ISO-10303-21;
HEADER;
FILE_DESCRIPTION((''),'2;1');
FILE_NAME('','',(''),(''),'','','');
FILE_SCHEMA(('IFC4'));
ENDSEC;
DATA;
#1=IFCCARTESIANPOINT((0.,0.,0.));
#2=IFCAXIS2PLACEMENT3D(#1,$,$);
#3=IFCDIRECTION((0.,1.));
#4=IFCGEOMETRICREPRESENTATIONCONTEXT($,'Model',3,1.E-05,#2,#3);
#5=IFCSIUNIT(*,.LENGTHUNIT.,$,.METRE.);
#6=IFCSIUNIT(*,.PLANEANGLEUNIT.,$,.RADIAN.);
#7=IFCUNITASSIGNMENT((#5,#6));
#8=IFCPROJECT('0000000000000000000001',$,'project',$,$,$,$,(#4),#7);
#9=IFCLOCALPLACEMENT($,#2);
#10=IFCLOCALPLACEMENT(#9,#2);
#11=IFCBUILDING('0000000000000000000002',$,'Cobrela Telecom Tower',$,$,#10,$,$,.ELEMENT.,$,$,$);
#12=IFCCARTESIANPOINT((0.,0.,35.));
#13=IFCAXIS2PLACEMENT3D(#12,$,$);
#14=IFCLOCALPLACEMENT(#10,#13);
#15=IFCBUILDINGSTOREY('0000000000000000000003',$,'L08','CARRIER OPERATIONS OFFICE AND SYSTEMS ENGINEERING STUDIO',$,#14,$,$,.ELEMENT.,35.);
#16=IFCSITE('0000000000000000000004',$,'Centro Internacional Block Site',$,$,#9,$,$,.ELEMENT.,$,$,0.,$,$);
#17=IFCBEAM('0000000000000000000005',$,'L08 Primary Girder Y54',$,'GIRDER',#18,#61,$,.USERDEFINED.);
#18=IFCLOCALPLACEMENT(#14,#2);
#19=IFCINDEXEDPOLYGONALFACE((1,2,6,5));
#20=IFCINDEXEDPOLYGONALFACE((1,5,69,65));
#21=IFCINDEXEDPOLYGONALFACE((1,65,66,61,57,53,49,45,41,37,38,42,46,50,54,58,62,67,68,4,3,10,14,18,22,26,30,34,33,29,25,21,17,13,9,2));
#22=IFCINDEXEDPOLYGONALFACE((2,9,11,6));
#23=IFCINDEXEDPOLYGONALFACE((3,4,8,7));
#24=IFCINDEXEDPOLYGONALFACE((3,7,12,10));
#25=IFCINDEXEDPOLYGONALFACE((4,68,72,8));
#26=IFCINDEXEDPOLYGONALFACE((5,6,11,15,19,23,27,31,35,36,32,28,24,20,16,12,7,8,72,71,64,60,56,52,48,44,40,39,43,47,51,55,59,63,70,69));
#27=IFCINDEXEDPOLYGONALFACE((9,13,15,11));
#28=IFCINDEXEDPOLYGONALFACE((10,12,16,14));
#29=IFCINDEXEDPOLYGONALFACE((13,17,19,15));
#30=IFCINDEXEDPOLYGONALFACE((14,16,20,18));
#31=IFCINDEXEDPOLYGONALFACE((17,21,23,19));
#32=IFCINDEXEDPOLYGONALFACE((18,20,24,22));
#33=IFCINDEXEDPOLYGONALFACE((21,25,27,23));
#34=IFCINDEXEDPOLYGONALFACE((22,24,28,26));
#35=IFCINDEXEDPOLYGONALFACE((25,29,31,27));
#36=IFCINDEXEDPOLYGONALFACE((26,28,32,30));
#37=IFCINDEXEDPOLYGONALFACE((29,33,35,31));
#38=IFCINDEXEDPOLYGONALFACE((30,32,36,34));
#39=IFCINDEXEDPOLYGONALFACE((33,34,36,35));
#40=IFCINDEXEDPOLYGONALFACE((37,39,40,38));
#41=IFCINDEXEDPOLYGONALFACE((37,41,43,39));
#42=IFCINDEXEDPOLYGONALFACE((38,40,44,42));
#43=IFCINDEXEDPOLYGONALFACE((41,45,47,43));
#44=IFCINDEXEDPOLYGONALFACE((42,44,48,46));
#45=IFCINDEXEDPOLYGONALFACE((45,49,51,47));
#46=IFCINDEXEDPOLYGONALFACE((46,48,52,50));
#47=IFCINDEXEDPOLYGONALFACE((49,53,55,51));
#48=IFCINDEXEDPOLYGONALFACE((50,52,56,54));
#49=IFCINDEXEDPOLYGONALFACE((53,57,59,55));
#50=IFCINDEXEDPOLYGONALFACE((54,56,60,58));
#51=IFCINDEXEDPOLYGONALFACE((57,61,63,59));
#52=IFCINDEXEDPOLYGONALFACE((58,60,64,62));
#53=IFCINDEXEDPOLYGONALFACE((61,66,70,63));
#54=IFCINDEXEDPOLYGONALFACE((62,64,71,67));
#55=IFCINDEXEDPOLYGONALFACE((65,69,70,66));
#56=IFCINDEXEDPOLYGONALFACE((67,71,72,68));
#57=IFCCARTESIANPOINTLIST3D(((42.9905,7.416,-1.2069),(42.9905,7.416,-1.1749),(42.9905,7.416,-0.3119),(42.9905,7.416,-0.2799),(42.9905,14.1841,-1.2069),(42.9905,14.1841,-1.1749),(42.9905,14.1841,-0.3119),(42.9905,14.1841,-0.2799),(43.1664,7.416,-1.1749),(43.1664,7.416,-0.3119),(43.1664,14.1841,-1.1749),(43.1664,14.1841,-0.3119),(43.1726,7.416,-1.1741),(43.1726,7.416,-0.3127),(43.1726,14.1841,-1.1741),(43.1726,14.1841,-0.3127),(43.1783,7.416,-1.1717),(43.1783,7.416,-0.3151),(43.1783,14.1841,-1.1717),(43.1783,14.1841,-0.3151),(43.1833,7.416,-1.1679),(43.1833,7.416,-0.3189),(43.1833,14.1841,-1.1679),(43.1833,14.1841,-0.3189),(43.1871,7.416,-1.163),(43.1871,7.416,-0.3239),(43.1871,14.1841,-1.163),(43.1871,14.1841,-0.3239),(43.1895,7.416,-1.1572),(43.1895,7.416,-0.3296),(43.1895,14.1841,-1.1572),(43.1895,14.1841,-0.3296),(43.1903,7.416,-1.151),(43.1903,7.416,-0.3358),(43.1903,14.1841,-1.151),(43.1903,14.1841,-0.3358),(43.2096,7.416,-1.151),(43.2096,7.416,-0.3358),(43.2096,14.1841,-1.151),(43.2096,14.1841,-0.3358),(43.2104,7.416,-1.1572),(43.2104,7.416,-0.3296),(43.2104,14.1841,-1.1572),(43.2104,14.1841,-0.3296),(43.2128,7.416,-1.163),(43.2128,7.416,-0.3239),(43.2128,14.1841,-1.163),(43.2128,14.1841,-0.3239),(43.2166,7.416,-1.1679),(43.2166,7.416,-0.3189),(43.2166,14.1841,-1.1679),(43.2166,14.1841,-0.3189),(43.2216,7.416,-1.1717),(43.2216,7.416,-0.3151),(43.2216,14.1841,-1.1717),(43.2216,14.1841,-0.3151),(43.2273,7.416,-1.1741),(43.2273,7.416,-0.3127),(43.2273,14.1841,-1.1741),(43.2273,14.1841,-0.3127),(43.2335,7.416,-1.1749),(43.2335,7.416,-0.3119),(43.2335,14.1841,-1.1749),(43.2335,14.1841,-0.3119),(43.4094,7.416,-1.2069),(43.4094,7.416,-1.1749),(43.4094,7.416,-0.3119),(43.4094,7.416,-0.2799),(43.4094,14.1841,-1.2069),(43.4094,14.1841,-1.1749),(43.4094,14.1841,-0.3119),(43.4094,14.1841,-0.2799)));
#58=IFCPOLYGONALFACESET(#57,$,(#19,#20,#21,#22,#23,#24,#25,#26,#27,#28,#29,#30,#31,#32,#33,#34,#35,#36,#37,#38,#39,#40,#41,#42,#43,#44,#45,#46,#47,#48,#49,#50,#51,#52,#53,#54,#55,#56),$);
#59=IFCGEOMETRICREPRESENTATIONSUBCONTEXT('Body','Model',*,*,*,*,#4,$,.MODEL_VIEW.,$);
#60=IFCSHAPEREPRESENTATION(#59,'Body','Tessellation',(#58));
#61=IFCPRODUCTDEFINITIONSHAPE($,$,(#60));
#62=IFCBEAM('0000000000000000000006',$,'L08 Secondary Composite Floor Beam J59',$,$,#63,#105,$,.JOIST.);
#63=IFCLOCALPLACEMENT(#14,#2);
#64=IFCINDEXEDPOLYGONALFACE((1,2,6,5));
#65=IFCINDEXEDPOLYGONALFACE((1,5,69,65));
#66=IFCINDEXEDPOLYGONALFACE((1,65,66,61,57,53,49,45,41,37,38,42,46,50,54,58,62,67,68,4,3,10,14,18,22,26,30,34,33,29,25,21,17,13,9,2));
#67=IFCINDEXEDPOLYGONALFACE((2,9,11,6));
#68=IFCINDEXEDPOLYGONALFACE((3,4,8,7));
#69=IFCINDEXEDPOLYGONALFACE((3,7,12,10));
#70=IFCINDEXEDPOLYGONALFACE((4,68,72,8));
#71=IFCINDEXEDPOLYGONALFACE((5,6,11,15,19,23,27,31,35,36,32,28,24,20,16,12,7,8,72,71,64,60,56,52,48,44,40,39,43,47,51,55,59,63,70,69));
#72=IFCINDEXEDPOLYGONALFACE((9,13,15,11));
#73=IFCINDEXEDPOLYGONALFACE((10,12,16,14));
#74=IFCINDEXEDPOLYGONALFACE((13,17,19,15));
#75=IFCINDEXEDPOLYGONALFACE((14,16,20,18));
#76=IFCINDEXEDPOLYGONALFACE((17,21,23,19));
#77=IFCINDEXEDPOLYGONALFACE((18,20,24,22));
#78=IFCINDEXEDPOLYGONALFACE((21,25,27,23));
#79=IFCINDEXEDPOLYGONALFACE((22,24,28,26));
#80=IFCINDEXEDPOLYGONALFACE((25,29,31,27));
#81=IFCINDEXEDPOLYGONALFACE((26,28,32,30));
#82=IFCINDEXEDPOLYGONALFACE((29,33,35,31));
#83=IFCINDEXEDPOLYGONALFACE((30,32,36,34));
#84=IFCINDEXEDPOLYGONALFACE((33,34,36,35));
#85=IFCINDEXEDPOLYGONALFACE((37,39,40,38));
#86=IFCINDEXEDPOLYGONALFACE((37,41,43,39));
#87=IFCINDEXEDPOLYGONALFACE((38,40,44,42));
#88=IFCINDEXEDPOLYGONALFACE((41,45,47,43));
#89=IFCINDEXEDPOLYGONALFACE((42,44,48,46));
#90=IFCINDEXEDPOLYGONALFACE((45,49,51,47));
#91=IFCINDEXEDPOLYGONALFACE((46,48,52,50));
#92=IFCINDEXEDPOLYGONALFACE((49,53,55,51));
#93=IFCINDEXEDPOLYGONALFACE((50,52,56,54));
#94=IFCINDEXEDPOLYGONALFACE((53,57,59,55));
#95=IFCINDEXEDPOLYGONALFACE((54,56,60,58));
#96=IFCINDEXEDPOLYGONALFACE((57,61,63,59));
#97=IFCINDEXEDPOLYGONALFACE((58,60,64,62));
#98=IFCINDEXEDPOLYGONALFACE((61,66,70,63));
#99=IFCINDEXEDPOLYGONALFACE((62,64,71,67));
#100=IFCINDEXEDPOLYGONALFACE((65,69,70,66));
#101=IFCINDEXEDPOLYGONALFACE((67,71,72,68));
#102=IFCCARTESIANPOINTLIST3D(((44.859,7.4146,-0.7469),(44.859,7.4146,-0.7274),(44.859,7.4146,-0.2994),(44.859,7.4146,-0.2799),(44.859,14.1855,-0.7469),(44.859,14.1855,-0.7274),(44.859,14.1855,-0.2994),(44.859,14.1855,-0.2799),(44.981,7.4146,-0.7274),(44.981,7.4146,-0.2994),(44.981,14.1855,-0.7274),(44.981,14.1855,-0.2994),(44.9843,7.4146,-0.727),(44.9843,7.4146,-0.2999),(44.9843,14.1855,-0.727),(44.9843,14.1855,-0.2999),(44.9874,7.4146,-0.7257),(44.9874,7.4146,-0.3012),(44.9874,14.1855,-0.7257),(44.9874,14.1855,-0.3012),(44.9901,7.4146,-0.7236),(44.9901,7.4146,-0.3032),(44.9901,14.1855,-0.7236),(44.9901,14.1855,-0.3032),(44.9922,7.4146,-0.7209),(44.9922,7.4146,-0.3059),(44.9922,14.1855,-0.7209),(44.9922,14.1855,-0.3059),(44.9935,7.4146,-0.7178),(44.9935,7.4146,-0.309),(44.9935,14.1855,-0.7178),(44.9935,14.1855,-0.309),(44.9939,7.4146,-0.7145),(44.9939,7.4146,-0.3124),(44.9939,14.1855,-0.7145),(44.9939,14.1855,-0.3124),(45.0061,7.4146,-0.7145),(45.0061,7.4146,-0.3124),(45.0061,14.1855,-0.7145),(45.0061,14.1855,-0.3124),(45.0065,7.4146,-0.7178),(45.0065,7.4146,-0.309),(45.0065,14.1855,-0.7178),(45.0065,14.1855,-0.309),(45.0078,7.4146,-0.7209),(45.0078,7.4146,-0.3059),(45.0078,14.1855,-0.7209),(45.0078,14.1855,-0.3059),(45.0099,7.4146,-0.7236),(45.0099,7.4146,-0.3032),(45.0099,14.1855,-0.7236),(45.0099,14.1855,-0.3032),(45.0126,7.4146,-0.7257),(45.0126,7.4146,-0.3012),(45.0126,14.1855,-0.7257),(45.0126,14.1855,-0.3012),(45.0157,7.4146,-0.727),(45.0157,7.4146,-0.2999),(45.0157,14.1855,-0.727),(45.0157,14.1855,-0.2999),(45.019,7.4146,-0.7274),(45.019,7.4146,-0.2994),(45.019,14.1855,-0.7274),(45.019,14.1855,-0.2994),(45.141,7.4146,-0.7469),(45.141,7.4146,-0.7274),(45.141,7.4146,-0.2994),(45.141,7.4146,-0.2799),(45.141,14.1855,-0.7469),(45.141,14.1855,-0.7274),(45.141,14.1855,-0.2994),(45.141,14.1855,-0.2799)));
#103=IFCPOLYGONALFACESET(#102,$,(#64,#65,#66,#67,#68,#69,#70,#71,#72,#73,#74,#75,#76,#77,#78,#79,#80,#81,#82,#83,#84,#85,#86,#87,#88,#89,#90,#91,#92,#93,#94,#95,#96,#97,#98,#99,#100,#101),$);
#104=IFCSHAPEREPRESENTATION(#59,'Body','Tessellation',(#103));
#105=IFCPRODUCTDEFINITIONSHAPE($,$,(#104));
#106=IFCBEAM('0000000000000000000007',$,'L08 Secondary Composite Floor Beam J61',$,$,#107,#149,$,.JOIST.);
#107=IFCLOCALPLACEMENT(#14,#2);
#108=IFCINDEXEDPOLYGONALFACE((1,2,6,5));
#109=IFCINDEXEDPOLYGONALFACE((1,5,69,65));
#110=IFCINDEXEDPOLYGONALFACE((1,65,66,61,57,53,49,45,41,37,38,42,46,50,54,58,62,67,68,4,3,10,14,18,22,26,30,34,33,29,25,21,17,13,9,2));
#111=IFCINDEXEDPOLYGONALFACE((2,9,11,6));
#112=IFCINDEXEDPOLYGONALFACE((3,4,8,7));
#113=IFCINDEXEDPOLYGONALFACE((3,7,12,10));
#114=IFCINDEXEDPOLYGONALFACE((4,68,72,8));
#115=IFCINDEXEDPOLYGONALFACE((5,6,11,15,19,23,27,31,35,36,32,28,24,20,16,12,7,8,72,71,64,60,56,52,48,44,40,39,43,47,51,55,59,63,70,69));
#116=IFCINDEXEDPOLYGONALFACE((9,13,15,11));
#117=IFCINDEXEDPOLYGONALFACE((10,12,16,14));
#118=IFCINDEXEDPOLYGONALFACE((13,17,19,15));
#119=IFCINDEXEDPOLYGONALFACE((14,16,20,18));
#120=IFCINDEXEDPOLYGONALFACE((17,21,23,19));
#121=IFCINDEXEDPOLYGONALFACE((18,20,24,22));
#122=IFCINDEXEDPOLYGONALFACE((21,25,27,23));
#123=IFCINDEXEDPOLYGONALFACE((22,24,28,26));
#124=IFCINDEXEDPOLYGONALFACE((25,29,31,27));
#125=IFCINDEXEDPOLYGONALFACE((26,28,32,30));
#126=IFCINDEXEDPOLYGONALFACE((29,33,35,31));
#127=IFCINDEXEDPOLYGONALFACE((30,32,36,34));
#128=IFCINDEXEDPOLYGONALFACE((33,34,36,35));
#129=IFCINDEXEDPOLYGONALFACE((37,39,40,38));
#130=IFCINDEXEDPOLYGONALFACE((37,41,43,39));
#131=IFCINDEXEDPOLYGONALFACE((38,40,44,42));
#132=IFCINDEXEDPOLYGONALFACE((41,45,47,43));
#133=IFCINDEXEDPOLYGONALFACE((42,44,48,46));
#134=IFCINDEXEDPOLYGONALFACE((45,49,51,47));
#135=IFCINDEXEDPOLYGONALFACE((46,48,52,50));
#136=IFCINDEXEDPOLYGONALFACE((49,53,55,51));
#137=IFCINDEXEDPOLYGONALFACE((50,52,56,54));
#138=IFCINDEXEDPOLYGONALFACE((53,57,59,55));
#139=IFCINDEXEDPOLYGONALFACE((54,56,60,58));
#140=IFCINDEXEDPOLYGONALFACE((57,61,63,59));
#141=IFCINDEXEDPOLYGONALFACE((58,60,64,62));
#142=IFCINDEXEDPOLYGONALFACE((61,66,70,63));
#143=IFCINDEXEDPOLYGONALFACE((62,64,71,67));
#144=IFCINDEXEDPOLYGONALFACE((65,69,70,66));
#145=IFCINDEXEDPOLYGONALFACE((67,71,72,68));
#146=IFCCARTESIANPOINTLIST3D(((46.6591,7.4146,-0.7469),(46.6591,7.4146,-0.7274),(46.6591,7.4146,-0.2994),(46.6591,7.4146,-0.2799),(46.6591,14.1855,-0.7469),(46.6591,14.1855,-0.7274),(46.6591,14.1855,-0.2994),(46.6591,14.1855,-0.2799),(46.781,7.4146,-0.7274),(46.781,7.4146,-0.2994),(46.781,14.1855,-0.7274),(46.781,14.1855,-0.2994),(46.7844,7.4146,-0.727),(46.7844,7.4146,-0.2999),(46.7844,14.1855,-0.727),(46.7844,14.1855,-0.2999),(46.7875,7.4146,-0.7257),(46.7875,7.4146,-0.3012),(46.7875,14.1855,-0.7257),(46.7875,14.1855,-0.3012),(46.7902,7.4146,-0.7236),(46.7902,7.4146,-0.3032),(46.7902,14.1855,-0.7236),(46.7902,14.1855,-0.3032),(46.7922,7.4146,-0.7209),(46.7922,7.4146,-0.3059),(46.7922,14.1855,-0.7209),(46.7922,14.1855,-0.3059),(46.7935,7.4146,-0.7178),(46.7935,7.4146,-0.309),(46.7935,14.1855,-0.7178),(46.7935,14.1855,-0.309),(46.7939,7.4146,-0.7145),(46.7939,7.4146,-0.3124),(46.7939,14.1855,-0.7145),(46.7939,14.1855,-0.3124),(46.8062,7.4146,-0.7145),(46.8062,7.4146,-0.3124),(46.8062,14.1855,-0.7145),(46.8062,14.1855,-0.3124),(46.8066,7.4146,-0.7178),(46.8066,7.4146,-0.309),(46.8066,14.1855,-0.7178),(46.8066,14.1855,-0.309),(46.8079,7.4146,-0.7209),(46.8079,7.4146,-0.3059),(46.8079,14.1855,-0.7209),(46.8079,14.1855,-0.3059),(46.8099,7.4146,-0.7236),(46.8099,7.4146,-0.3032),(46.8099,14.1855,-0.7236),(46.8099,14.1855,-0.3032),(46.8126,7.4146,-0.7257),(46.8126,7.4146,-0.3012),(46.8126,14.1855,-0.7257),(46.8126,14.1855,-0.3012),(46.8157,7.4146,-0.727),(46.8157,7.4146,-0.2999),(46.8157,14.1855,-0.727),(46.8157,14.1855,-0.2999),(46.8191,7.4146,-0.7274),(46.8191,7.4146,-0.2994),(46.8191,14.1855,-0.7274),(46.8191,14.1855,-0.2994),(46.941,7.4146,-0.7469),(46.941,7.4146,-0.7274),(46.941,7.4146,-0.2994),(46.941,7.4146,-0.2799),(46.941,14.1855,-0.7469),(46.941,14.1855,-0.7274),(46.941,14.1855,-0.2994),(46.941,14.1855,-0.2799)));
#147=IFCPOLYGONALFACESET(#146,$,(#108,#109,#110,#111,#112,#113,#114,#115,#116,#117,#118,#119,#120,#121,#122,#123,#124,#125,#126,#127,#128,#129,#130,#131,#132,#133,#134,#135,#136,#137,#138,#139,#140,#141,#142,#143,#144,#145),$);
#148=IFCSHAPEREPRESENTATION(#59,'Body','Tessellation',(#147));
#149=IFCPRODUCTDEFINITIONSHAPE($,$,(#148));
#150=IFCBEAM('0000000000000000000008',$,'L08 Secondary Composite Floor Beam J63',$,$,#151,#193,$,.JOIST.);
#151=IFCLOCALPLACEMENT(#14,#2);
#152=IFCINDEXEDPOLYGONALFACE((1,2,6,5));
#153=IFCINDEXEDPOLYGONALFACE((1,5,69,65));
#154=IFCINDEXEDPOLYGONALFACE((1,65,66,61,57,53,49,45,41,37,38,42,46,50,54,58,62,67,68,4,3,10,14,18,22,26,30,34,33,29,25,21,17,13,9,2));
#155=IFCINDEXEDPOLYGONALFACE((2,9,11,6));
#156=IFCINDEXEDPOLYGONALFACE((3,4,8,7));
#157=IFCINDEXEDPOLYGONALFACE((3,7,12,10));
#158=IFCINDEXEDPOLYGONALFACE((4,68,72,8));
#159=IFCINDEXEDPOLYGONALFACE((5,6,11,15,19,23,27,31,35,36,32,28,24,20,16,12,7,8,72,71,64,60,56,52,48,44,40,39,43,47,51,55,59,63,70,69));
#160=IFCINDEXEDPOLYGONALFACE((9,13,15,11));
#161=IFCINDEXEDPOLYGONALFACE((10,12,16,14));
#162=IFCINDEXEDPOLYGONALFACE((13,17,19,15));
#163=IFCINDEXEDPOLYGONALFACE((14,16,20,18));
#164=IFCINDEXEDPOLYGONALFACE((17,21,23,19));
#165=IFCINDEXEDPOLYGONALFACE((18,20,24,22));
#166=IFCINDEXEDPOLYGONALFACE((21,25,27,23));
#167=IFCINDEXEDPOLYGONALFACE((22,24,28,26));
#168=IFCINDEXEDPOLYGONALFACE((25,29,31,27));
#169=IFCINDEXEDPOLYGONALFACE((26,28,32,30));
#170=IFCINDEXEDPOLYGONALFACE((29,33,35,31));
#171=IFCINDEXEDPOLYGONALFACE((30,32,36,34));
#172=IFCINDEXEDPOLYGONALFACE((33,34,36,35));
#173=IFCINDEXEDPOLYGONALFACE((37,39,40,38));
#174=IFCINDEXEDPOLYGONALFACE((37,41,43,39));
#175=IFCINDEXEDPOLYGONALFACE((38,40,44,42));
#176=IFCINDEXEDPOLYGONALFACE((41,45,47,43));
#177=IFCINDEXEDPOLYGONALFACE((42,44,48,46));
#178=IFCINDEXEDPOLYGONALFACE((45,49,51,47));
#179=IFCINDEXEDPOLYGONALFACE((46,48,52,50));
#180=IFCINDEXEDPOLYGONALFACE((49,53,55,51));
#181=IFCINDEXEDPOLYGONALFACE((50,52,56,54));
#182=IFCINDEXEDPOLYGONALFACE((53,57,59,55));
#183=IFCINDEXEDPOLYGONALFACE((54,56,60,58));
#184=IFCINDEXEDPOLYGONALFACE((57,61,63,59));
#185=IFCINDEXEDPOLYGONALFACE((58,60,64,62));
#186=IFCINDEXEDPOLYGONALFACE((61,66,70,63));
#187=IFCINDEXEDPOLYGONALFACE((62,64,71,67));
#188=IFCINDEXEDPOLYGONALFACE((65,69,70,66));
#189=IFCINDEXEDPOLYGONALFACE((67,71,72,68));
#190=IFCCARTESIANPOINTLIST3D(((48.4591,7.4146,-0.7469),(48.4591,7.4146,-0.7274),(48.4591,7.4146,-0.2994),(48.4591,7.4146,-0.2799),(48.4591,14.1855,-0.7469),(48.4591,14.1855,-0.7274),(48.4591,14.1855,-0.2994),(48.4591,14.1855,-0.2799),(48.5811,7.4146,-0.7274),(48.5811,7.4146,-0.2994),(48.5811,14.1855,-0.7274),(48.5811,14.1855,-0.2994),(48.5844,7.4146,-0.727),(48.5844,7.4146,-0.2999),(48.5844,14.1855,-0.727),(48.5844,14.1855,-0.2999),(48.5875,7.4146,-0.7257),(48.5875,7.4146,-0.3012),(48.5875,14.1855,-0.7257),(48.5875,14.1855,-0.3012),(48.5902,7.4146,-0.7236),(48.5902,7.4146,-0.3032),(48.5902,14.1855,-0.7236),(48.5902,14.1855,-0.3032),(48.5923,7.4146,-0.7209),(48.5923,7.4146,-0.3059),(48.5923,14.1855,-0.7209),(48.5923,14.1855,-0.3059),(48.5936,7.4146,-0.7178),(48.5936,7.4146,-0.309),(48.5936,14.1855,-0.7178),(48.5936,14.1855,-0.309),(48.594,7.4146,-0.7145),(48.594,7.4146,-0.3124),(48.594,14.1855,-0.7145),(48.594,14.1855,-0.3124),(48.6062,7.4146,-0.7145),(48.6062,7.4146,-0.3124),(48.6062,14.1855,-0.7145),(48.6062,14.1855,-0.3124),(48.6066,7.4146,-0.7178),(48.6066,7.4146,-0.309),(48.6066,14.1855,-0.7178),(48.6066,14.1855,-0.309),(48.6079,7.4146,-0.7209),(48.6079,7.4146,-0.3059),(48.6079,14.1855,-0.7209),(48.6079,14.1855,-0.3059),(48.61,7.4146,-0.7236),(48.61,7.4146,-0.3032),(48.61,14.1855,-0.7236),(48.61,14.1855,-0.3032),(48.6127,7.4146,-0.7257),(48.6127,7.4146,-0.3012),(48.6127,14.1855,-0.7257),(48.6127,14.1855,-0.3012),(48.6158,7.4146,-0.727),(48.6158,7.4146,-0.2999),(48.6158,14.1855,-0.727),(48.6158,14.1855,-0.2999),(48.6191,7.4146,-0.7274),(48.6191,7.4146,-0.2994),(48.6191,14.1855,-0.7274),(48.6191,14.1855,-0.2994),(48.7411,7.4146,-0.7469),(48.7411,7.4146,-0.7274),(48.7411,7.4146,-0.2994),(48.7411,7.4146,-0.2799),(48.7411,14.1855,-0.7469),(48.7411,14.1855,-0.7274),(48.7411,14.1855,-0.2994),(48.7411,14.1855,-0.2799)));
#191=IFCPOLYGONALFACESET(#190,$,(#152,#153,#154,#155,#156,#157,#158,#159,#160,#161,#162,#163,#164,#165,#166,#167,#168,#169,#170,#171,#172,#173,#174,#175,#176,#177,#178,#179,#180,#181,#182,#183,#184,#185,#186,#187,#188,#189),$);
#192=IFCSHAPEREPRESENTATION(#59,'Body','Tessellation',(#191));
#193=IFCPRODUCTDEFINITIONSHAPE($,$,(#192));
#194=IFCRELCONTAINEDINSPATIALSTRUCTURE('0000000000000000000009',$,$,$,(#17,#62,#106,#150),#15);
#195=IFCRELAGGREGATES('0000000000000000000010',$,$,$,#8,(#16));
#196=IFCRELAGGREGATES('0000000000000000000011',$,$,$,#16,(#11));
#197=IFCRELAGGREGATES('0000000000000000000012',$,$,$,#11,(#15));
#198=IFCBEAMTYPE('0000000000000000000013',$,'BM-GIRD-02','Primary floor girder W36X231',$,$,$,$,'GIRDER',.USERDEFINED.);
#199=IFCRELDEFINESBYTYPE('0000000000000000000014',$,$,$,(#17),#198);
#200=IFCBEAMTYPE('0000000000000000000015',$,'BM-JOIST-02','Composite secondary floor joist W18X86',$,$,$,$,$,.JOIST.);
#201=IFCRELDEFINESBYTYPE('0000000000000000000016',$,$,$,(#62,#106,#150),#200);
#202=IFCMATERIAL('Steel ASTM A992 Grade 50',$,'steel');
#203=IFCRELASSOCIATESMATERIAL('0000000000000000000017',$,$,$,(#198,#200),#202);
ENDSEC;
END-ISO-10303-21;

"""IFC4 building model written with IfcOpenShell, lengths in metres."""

from ifc_helpers import new_model, si_unit, direction, frame, origin, origin_2d, place, context, subcontext, project, spatial, i_section, extrude, material, material_profile, profile_set, type_object, element, save


model = new_model("IFC4")

# Units and contexts
model_context = context("Model", 3, precision=1e-05, world=origin(), true_north=direction((0.0, 1.0)))
body_context = subcontext(model_context, "Body", "Model", "MODEL_VIEW")
ifc_project = project(units=[si_unit("LENGTHUNIT", "METRE"), si_unit("PLANEANGLEUNIT", "RADIAN")], contexts=[model_context])

# Site, building, storey
site_placement = place(None, origin())
site = spatial("IfcSite", under=ifc_project, at=site_placement, Name="Centro Internacional Block Site", CompositionType="ELEMENT", RefElevation=0.0)
building_placement = place(site_placement, origin())
building = spatial("IfcBuilding", under=site, at=building_placement, Name="Cobrela Telecom Tower", CompositionType="ELEMENT")
storey_placement = place(building_placement, frame((0.0, 0.0, 35.0)))
storey = spatial("IfcBuildingStorey", under=building, at=storey_placement, Name="L08", Description="CARRIER OPERATIONS OFFICE AND SYSTEMS ENGINEERING STUDIO", CompositionType="ELEMENT", Elevation=35.0)

# Shared definitions
ifc_material_1 = material(Name="Steel ASTM A992 Grade 50", Category="steel")

# Beams
ifc_material_profile_1 = material_profile(ifc_material_1, i_section(OverallWidth=0.4189, OverallDepth=0.927, WebThickness=0.0193, FlangeThickness=0.032, FilletRadius=0.0239, at=origin_2d()), Name="W36X231")
ifc_profile_set_1 = profile_set([ifc_material_profile_1], Name="Steel ASTM A992 Grade 50")
beam_type_1 = type_object("IfcBeamType", Name="BM-GIRD-02", Description="Primary floor girder W36X231", ElementType="GIRDER", PredefinedType="USERDEFINED", material=ifc_profile_set_1)
beam_1_placement = place(storey_placement, frame((43.2, 7.416, -0.7434), z_axis=(0.0, 1.0, 0.0), x_axis=(-1.0, 0.0, 0.0)))
element("IfcBeam", 1, at=beam_1_placement, inside=storey, type_object=beam_type_1, Name="L08 Primary Girder Y54", ObjectType="GIRDER", PredefinedType="USERDEFINED", context=body_context, shape_type="SweptSolid", body=[
    extrude(i_section(OverallWidth=0.4189, OverallDepth=0.927, WebThickness=0.0193, FlangeThickness=0.032, FilletRadius=0.0239, at=origin_2d()), origin(), (0.0, 0.0, 1.0), 6.7681),
])
ifc_material_profile_2 = material_profile(ifc_material_1, i_section(OverallWidth=0.282, OverallDepth=0.467, WebThickness=0.0122, FlangeThickness=0.0195, FilletRadius=0.0129, at=origin_2d()), Name="W18X86")
ifc_profile_set_2 = profile_set([ifc_material_profile_2], Name="Steel ASTM A992 Grade 50")
beam_type_2 = type_object("IfcBeamType", Name="BM-JOIST-02", Description="Composite secondary floor joist W18X86", PredefinedType="JOIST", material=ifc_profile_set_2)
for number, where, z_axis, x_axis, name in (
    (2, (45.0, 7.4146, -0.5134), (0.0, 1.0, 0.0), (-1.0, 0.0, 0.0), "L08 Secondary Composite Floor Beam J59"),
    (3, (46.8, 7.4146, -0.5134), (0.0, 1.0, 0.0), (-1.0, 0.0, 0.0), "L08 Secondary Composite Floor Beam J61"),
    (4, (48.6001, 7.4146, -0.5134), (0.0, 1.0, 0.0), (-1.0, 0.0, 0.0), "L08 Secondary Composite Floor Beam J63"),
):
    element("IfcBeam", number, at=place(storey_placement, frame(where, z_axis=z_axis, x_axis=x_axis)), inside=storey, type_object=beam_type_2, Name=name, PredefinedType="JOIST", context=body_context, shape_type="SweptSolid", body=[
        extrude(i_section(OverallWidth=0.282, OverallDepth=0.467, WebThickness=0.0122, FlangeThickness=0.0195, FilletRadius=0.0129, at=origin_2d()), origin(), (0.0, 0.0, 1.0), 6.771),
    ])

save(model, "model.ifc")
